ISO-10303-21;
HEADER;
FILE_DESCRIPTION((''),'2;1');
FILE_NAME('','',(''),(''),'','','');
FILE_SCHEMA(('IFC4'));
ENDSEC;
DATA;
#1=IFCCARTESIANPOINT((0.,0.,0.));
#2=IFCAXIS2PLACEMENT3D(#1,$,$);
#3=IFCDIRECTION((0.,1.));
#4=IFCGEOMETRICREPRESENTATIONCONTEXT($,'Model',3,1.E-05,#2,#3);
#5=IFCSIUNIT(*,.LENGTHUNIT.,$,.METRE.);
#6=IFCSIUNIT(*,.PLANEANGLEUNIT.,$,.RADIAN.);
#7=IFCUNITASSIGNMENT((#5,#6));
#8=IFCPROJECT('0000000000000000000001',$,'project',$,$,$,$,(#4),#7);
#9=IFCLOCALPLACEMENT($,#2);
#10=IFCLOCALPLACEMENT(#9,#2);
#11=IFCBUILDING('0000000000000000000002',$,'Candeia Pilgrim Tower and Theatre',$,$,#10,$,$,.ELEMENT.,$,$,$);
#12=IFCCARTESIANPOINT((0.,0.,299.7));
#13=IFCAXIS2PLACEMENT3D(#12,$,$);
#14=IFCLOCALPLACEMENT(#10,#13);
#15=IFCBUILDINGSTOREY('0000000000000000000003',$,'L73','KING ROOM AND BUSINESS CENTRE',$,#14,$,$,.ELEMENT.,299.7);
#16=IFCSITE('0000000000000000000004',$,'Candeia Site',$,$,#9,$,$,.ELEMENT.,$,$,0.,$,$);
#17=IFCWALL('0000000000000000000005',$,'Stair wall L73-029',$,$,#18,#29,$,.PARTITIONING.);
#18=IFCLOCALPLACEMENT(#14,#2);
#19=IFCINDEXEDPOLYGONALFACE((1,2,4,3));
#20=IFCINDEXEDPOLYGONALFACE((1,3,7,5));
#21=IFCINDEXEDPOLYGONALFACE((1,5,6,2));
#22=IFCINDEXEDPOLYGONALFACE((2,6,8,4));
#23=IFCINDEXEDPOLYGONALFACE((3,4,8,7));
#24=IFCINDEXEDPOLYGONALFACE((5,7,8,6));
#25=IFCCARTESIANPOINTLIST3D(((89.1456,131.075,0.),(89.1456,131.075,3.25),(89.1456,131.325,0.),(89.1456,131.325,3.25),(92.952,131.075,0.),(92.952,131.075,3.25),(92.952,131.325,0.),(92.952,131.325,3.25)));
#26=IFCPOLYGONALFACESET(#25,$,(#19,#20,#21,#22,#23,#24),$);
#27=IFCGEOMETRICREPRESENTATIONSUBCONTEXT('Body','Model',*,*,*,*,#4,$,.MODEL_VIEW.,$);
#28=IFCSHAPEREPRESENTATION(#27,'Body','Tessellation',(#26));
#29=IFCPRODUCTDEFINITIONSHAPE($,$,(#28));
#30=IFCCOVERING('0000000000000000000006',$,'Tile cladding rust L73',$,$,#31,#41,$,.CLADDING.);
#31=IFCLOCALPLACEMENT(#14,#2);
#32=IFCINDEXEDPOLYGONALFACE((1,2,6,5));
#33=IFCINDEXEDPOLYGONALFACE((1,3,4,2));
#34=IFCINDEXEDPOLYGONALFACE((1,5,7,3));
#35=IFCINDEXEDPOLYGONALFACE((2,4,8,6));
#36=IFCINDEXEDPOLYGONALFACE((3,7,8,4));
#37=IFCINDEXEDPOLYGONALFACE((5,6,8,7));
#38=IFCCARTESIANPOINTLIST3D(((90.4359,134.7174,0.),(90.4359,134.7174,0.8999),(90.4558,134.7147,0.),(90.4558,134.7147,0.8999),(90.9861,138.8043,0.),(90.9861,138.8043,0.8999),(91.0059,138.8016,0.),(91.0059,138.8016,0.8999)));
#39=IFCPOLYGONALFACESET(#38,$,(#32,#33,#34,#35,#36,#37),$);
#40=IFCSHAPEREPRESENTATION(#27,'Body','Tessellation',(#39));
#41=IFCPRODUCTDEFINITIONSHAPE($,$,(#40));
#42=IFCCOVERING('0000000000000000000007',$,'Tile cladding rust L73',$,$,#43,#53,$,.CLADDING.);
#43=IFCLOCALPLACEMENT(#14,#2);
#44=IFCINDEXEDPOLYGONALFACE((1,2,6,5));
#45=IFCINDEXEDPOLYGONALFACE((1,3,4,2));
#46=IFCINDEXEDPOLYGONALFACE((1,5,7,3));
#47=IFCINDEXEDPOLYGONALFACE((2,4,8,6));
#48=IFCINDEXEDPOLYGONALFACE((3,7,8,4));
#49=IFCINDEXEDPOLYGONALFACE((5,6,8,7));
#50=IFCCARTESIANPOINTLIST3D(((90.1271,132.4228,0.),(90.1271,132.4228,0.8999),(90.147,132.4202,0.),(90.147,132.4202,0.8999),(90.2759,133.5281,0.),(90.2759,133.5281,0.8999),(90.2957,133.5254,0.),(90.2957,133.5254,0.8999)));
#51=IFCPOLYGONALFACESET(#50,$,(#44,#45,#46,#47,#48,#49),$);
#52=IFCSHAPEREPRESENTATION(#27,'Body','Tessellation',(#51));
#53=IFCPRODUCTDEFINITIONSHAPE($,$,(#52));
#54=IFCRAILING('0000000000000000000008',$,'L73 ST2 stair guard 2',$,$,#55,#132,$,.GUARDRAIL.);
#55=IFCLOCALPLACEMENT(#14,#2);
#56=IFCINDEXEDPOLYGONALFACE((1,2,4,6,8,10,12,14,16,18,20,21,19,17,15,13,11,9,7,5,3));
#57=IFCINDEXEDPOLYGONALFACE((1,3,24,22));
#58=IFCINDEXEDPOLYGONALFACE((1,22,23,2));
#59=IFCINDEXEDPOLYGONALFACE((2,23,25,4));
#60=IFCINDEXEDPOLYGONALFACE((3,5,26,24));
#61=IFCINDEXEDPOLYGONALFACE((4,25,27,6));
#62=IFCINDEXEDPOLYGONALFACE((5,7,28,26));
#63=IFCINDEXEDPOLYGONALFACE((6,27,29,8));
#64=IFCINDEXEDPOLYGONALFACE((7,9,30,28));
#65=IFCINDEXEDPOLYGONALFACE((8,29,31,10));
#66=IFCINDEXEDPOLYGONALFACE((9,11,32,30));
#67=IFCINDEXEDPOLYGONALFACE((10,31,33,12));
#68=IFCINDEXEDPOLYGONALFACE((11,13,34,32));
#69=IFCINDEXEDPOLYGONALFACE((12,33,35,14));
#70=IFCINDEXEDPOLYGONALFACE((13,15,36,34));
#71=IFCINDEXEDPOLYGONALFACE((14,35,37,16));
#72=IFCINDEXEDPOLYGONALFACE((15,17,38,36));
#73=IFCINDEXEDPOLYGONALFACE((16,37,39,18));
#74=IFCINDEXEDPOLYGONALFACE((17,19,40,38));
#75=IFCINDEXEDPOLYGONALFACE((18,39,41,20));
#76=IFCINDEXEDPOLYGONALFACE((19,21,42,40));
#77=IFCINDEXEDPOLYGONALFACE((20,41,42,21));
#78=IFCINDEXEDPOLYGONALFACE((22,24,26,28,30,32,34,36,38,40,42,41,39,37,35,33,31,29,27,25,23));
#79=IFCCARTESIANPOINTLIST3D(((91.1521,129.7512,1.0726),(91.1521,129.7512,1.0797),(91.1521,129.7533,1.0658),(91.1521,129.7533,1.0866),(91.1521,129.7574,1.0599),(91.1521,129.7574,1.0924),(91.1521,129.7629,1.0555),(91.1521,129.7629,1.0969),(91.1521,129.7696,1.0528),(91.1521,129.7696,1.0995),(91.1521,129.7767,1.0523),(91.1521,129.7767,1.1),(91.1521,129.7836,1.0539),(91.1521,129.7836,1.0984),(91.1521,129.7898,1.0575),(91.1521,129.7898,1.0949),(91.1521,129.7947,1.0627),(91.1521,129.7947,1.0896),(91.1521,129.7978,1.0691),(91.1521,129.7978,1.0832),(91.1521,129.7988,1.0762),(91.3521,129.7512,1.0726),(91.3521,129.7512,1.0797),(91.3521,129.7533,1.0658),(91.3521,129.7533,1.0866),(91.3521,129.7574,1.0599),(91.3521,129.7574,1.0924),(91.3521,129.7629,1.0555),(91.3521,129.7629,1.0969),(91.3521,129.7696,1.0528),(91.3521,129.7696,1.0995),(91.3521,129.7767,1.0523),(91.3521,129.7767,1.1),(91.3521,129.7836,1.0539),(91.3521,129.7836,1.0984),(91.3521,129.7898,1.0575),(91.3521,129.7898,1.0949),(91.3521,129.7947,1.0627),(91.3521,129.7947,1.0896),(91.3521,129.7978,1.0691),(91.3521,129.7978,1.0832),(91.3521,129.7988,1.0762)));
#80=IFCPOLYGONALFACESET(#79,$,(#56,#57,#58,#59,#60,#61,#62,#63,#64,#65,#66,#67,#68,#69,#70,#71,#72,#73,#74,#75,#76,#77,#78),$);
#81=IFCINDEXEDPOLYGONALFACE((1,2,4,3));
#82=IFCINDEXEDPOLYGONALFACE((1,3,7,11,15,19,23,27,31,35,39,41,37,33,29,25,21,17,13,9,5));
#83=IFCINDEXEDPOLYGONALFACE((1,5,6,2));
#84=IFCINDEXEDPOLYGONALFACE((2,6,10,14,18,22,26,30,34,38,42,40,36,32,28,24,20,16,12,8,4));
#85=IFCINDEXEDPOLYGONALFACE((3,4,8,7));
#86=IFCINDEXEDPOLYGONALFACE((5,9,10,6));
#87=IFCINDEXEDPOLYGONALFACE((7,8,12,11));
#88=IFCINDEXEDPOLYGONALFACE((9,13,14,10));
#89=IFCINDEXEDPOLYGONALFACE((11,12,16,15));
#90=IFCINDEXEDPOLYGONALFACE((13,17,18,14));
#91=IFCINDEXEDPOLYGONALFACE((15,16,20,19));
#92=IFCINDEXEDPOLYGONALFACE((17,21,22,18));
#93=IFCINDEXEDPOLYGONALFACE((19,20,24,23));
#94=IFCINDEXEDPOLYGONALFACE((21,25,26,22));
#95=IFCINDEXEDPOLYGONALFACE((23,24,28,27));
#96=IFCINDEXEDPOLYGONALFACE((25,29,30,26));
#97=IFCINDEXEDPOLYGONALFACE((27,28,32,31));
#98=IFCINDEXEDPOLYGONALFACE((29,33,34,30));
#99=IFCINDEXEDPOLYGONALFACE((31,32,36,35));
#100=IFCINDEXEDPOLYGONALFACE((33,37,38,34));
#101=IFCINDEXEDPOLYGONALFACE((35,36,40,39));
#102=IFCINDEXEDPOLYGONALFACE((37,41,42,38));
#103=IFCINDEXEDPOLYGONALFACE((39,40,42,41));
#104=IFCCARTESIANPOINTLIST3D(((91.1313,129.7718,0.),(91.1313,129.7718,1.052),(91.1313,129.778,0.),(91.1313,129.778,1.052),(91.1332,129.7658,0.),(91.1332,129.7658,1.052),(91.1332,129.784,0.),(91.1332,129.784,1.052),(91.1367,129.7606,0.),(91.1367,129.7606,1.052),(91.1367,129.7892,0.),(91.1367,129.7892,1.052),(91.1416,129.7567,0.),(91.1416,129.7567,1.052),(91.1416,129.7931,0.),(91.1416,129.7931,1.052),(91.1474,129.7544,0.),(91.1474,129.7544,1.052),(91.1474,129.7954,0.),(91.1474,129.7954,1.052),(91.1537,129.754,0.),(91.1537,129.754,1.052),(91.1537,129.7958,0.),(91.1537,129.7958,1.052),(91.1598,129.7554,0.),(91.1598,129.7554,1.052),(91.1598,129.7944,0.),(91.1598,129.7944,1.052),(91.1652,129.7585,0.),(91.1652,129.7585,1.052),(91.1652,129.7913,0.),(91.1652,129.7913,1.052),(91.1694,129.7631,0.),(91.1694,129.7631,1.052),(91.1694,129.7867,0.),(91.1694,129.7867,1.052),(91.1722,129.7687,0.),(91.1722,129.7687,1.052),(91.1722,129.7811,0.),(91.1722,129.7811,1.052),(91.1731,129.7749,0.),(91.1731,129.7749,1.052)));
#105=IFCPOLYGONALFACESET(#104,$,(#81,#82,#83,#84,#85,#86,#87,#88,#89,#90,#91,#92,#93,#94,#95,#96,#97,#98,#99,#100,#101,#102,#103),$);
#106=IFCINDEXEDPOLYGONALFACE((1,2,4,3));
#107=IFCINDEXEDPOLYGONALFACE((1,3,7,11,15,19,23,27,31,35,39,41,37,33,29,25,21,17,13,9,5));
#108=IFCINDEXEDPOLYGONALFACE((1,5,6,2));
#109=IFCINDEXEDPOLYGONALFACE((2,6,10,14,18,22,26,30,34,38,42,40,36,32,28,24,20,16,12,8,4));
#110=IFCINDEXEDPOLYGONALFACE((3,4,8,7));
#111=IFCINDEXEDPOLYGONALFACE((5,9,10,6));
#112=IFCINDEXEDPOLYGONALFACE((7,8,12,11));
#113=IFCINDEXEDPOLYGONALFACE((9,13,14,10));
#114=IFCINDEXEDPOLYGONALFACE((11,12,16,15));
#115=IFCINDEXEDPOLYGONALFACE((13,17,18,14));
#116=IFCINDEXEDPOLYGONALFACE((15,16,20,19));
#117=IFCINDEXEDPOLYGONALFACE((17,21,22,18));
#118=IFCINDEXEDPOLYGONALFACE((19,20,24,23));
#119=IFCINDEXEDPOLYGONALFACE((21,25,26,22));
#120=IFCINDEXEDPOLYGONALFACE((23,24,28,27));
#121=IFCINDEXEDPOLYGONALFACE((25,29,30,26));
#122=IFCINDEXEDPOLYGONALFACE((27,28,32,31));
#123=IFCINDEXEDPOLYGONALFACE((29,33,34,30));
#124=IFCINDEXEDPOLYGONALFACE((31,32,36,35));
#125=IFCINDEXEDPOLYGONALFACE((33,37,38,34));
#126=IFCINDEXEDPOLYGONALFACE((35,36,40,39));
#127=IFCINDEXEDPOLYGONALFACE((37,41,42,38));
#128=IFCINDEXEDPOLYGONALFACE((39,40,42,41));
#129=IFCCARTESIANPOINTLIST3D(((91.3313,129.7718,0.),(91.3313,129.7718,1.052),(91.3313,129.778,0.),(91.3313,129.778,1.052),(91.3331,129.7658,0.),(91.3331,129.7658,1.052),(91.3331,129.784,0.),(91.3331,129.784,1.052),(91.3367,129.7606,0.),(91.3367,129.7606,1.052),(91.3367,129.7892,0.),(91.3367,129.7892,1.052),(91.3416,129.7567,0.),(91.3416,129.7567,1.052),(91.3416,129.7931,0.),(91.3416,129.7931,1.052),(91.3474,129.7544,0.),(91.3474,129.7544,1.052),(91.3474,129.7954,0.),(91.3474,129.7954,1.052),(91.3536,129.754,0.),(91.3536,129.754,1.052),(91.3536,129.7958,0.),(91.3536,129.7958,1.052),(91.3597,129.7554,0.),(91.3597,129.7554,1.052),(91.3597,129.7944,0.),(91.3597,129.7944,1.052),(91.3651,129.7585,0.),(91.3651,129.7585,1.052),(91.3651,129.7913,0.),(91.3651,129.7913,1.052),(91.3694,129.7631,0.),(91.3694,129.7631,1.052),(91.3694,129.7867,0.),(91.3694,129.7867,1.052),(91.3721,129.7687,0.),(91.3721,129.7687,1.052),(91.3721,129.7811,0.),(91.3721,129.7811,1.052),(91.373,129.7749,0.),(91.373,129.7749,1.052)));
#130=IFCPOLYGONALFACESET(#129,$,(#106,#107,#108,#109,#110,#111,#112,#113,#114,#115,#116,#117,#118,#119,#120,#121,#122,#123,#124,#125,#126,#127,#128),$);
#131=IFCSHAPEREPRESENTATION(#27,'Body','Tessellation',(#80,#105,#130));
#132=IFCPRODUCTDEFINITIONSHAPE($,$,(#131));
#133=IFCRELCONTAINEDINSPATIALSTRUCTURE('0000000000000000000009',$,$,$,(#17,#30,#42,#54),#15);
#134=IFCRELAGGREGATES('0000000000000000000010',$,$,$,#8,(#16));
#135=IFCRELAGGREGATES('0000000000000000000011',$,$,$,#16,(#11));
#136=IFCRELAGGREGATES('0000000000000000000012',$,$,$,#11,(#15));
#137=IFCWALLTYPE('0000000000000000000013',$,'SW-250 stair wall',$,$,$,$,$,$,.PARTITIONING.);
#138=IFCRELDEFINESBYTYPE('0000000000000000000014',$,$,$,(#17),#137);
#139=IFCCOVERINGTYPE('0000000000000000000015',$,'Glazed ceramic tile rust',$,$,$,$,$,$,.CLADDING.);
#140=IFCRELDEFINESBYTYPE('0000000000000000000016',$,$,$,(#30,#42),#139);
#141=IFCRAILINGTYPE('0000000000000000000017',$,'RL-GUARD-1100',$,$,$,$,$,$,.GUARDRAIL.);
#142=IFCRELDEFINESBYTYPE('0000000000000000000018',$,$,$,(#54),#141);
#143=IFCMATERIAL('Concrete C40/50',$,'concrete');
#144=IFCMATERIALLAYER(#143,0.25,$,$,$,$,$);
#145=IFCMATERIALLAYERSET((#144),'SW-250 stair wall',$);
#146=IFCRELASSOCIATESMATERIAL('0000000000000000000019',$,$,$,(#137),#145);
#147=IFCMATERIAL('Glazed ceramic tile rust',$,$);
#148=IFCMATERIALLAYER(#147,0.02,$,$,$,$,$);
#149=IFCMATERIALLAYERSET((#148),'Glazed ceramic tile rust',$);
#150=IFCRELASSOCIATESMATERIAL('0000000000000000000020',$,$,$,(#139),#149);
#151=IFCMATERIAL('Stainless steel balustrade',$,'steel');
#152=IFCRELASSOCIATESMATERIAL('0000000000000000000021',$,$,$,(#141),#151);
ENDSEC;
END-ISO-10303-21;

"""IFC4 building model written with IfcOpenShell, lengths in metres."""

from ifc_helpers import new_model, si_unit, direction, frame, frame_2d, origin, origin_2d, place, context, subcontext, project, spatial, rectangle, circle, extrude, material, layer, layer_set, type_object, element, save


model = new_model("IFC4")

# Units and contexts
model_context = context("Model", 3, precision=1e-05, world=origin(), true_north=direction((0.0, 1.0)))
body_context = subcontext(model_context, "Body", "Model", "MODEL_VIEW")
ifc_project = project(units=[si_unit("LENGTHUNIT", "METRE"), si_unit("PLANEANGLEUNIT", "RADIAN")], contexts=[model_context])

# Site, building, storey
site_placement = place(None, origin())
site = spatial("IfcSite", under=ifc_project, at=site_placement, Name="Candeia Site", CompositionType="ELEMENT", RefElevation=0.0)
building_placement = place(site_placement, origin())
building = spatial("IfcBuilding", under=site, at=building_placement, Name="Candeia Pilgrim Tower and Theatre", CompositionType="ELEMENT")
storey_placement = place(building_placement, frame((0.0, 0.0, 299.7)))
storey = spatial("IfcBuildingStorey", under=building, at=storey_placement, Name="L73", Description="KING ROOM AND BUSINESS CENTRE", CompositionType="ELEMENT", Elevation=299.7)

# Shared definitions
ifc_material_1 = material(Name="Concrete C40/50", Category="concrete")

# Wall
ifc_layer_1 = layer(ifc_material_1, 0.25)
ifc_layer_set_1 = layer_set([ifc_layer_1], Name="SW-250 stair wall")
wall_type_1 = type_object("IfcWallType", Name="SW-250 stair wall", PredefinedType="PARTITIONING", material=ifc_layer_set_1)
wall_1_placement = place(storey_placement, frame((89.1455, 131.2, 0.0), z_axis=(0.0, 0.0, 1.0), x_axis=(1.0, 0.0, 0.0)))
element("IfcWall", 1, at=wall_1_placement, inside=storey, type_object=wall_type_1, Name="Stair wall L73-029", PredefinedType="PARTITIONING", context=body_context, shape_type="SweptSolid", body=[
    extrude(rectangle(XDim=3.8064, YDim=0.25, at=frame_2d((1.9033, 0.0))), origin(), (0.0, 0.0, 1.0), 3.25),
])

# Shared definitions
ifc_material_2 = material(Name="Stainless steel balustrade", Category="steel")

# Coverings
ifc_material_3 = material(Name="Glazed ceramic tile rust")
ifc_layer_2 = layer(ifc_material_3, 0.02)
ifc_layer_set_2 = layer_set([ifc_layer_2], Name="Glazed ceramic tile rust")
covering_type = type_object("IfcCoveringType", Name="Glazed ceramic tile rust", PredefinedType="CLADDING", material=ifc_layer_set_2)
covering_1_placement = place(storey_placement, frame((90.7209, 136.7595, 0.0), z_axis=(0.0, 0.0, 1.0), x_axis=(-0.133412, -0.991061, 0.0)))
element("IfcCovering", 2, at=covering_1_placement, inside=storey, type_object=covering_type, Name="Tile cladding rust L73", PredefinedType="CLADDING", context=body_context, shape_type="SweptSolid", body=[
    extrude(rectangle(XDim=4.1238, YDim=0.02, at=origin_2d()), origin(), (0.0, 0.0, 1.0), 0.8999),
])
covering_2_placement = place(storey_placement, frame((90.2114, 132.9741, 0.0), z_axis=(0.0, 0.0, 1.0), x_axis=(-0.133412, -0.991061, 0.0)))
element("IfcCovering", 3, at=covering_2_placement, inside=storey, type_object=covering_type, Name="Tile cladding rust L73", PredefinedType="CLADDING", context=body_context, shape_type="SweptSolid", body=[
    extrude(rectangle(XDim=1.1152, YDim=0.02, at=origin_2d()), origin(), (0.0, 0.0, 1.0), 0.8999),
])

# Railing
railing_type_1 = type_object("IfcRailingType", Name="RL-GUARD-1100", PredefinedType="GUARDRAIL", material=ifc_material_2)
railing_1_placement = place(storey_placement, frame((91.1521, 129.7749, 0.0)))
element("IfcRailing", 4, at=railing_1_placement, inside=storey, type_object=railing_type_1, Name="L73 ST2 stair guard 2", PredefinedType="GUARDRAIL", context=body_context, shape_type="SweptSolid", body=[
    extrude(circle(Radius=0.0239, at=origin_2d()), frame((0.0, 0.0, 1.0762), z_axis=(1.0, 0.0, 0.0), x_axis=(0.0, 1.0, 0.0)), (0.0, 0.0, 1.0), 0.2),
    extrude(circle(Radius=0.021, at=origin_2d()), origin(), (0.0, 0.0, 1.0), 1.052),
    extrude(circle(Radius=0.021, at=origin_2d()), frame((0.2, 0.0, 0.0)), (0.0, 0.0, 1.0), 1.052),
])

save(model, "model.ifc")
